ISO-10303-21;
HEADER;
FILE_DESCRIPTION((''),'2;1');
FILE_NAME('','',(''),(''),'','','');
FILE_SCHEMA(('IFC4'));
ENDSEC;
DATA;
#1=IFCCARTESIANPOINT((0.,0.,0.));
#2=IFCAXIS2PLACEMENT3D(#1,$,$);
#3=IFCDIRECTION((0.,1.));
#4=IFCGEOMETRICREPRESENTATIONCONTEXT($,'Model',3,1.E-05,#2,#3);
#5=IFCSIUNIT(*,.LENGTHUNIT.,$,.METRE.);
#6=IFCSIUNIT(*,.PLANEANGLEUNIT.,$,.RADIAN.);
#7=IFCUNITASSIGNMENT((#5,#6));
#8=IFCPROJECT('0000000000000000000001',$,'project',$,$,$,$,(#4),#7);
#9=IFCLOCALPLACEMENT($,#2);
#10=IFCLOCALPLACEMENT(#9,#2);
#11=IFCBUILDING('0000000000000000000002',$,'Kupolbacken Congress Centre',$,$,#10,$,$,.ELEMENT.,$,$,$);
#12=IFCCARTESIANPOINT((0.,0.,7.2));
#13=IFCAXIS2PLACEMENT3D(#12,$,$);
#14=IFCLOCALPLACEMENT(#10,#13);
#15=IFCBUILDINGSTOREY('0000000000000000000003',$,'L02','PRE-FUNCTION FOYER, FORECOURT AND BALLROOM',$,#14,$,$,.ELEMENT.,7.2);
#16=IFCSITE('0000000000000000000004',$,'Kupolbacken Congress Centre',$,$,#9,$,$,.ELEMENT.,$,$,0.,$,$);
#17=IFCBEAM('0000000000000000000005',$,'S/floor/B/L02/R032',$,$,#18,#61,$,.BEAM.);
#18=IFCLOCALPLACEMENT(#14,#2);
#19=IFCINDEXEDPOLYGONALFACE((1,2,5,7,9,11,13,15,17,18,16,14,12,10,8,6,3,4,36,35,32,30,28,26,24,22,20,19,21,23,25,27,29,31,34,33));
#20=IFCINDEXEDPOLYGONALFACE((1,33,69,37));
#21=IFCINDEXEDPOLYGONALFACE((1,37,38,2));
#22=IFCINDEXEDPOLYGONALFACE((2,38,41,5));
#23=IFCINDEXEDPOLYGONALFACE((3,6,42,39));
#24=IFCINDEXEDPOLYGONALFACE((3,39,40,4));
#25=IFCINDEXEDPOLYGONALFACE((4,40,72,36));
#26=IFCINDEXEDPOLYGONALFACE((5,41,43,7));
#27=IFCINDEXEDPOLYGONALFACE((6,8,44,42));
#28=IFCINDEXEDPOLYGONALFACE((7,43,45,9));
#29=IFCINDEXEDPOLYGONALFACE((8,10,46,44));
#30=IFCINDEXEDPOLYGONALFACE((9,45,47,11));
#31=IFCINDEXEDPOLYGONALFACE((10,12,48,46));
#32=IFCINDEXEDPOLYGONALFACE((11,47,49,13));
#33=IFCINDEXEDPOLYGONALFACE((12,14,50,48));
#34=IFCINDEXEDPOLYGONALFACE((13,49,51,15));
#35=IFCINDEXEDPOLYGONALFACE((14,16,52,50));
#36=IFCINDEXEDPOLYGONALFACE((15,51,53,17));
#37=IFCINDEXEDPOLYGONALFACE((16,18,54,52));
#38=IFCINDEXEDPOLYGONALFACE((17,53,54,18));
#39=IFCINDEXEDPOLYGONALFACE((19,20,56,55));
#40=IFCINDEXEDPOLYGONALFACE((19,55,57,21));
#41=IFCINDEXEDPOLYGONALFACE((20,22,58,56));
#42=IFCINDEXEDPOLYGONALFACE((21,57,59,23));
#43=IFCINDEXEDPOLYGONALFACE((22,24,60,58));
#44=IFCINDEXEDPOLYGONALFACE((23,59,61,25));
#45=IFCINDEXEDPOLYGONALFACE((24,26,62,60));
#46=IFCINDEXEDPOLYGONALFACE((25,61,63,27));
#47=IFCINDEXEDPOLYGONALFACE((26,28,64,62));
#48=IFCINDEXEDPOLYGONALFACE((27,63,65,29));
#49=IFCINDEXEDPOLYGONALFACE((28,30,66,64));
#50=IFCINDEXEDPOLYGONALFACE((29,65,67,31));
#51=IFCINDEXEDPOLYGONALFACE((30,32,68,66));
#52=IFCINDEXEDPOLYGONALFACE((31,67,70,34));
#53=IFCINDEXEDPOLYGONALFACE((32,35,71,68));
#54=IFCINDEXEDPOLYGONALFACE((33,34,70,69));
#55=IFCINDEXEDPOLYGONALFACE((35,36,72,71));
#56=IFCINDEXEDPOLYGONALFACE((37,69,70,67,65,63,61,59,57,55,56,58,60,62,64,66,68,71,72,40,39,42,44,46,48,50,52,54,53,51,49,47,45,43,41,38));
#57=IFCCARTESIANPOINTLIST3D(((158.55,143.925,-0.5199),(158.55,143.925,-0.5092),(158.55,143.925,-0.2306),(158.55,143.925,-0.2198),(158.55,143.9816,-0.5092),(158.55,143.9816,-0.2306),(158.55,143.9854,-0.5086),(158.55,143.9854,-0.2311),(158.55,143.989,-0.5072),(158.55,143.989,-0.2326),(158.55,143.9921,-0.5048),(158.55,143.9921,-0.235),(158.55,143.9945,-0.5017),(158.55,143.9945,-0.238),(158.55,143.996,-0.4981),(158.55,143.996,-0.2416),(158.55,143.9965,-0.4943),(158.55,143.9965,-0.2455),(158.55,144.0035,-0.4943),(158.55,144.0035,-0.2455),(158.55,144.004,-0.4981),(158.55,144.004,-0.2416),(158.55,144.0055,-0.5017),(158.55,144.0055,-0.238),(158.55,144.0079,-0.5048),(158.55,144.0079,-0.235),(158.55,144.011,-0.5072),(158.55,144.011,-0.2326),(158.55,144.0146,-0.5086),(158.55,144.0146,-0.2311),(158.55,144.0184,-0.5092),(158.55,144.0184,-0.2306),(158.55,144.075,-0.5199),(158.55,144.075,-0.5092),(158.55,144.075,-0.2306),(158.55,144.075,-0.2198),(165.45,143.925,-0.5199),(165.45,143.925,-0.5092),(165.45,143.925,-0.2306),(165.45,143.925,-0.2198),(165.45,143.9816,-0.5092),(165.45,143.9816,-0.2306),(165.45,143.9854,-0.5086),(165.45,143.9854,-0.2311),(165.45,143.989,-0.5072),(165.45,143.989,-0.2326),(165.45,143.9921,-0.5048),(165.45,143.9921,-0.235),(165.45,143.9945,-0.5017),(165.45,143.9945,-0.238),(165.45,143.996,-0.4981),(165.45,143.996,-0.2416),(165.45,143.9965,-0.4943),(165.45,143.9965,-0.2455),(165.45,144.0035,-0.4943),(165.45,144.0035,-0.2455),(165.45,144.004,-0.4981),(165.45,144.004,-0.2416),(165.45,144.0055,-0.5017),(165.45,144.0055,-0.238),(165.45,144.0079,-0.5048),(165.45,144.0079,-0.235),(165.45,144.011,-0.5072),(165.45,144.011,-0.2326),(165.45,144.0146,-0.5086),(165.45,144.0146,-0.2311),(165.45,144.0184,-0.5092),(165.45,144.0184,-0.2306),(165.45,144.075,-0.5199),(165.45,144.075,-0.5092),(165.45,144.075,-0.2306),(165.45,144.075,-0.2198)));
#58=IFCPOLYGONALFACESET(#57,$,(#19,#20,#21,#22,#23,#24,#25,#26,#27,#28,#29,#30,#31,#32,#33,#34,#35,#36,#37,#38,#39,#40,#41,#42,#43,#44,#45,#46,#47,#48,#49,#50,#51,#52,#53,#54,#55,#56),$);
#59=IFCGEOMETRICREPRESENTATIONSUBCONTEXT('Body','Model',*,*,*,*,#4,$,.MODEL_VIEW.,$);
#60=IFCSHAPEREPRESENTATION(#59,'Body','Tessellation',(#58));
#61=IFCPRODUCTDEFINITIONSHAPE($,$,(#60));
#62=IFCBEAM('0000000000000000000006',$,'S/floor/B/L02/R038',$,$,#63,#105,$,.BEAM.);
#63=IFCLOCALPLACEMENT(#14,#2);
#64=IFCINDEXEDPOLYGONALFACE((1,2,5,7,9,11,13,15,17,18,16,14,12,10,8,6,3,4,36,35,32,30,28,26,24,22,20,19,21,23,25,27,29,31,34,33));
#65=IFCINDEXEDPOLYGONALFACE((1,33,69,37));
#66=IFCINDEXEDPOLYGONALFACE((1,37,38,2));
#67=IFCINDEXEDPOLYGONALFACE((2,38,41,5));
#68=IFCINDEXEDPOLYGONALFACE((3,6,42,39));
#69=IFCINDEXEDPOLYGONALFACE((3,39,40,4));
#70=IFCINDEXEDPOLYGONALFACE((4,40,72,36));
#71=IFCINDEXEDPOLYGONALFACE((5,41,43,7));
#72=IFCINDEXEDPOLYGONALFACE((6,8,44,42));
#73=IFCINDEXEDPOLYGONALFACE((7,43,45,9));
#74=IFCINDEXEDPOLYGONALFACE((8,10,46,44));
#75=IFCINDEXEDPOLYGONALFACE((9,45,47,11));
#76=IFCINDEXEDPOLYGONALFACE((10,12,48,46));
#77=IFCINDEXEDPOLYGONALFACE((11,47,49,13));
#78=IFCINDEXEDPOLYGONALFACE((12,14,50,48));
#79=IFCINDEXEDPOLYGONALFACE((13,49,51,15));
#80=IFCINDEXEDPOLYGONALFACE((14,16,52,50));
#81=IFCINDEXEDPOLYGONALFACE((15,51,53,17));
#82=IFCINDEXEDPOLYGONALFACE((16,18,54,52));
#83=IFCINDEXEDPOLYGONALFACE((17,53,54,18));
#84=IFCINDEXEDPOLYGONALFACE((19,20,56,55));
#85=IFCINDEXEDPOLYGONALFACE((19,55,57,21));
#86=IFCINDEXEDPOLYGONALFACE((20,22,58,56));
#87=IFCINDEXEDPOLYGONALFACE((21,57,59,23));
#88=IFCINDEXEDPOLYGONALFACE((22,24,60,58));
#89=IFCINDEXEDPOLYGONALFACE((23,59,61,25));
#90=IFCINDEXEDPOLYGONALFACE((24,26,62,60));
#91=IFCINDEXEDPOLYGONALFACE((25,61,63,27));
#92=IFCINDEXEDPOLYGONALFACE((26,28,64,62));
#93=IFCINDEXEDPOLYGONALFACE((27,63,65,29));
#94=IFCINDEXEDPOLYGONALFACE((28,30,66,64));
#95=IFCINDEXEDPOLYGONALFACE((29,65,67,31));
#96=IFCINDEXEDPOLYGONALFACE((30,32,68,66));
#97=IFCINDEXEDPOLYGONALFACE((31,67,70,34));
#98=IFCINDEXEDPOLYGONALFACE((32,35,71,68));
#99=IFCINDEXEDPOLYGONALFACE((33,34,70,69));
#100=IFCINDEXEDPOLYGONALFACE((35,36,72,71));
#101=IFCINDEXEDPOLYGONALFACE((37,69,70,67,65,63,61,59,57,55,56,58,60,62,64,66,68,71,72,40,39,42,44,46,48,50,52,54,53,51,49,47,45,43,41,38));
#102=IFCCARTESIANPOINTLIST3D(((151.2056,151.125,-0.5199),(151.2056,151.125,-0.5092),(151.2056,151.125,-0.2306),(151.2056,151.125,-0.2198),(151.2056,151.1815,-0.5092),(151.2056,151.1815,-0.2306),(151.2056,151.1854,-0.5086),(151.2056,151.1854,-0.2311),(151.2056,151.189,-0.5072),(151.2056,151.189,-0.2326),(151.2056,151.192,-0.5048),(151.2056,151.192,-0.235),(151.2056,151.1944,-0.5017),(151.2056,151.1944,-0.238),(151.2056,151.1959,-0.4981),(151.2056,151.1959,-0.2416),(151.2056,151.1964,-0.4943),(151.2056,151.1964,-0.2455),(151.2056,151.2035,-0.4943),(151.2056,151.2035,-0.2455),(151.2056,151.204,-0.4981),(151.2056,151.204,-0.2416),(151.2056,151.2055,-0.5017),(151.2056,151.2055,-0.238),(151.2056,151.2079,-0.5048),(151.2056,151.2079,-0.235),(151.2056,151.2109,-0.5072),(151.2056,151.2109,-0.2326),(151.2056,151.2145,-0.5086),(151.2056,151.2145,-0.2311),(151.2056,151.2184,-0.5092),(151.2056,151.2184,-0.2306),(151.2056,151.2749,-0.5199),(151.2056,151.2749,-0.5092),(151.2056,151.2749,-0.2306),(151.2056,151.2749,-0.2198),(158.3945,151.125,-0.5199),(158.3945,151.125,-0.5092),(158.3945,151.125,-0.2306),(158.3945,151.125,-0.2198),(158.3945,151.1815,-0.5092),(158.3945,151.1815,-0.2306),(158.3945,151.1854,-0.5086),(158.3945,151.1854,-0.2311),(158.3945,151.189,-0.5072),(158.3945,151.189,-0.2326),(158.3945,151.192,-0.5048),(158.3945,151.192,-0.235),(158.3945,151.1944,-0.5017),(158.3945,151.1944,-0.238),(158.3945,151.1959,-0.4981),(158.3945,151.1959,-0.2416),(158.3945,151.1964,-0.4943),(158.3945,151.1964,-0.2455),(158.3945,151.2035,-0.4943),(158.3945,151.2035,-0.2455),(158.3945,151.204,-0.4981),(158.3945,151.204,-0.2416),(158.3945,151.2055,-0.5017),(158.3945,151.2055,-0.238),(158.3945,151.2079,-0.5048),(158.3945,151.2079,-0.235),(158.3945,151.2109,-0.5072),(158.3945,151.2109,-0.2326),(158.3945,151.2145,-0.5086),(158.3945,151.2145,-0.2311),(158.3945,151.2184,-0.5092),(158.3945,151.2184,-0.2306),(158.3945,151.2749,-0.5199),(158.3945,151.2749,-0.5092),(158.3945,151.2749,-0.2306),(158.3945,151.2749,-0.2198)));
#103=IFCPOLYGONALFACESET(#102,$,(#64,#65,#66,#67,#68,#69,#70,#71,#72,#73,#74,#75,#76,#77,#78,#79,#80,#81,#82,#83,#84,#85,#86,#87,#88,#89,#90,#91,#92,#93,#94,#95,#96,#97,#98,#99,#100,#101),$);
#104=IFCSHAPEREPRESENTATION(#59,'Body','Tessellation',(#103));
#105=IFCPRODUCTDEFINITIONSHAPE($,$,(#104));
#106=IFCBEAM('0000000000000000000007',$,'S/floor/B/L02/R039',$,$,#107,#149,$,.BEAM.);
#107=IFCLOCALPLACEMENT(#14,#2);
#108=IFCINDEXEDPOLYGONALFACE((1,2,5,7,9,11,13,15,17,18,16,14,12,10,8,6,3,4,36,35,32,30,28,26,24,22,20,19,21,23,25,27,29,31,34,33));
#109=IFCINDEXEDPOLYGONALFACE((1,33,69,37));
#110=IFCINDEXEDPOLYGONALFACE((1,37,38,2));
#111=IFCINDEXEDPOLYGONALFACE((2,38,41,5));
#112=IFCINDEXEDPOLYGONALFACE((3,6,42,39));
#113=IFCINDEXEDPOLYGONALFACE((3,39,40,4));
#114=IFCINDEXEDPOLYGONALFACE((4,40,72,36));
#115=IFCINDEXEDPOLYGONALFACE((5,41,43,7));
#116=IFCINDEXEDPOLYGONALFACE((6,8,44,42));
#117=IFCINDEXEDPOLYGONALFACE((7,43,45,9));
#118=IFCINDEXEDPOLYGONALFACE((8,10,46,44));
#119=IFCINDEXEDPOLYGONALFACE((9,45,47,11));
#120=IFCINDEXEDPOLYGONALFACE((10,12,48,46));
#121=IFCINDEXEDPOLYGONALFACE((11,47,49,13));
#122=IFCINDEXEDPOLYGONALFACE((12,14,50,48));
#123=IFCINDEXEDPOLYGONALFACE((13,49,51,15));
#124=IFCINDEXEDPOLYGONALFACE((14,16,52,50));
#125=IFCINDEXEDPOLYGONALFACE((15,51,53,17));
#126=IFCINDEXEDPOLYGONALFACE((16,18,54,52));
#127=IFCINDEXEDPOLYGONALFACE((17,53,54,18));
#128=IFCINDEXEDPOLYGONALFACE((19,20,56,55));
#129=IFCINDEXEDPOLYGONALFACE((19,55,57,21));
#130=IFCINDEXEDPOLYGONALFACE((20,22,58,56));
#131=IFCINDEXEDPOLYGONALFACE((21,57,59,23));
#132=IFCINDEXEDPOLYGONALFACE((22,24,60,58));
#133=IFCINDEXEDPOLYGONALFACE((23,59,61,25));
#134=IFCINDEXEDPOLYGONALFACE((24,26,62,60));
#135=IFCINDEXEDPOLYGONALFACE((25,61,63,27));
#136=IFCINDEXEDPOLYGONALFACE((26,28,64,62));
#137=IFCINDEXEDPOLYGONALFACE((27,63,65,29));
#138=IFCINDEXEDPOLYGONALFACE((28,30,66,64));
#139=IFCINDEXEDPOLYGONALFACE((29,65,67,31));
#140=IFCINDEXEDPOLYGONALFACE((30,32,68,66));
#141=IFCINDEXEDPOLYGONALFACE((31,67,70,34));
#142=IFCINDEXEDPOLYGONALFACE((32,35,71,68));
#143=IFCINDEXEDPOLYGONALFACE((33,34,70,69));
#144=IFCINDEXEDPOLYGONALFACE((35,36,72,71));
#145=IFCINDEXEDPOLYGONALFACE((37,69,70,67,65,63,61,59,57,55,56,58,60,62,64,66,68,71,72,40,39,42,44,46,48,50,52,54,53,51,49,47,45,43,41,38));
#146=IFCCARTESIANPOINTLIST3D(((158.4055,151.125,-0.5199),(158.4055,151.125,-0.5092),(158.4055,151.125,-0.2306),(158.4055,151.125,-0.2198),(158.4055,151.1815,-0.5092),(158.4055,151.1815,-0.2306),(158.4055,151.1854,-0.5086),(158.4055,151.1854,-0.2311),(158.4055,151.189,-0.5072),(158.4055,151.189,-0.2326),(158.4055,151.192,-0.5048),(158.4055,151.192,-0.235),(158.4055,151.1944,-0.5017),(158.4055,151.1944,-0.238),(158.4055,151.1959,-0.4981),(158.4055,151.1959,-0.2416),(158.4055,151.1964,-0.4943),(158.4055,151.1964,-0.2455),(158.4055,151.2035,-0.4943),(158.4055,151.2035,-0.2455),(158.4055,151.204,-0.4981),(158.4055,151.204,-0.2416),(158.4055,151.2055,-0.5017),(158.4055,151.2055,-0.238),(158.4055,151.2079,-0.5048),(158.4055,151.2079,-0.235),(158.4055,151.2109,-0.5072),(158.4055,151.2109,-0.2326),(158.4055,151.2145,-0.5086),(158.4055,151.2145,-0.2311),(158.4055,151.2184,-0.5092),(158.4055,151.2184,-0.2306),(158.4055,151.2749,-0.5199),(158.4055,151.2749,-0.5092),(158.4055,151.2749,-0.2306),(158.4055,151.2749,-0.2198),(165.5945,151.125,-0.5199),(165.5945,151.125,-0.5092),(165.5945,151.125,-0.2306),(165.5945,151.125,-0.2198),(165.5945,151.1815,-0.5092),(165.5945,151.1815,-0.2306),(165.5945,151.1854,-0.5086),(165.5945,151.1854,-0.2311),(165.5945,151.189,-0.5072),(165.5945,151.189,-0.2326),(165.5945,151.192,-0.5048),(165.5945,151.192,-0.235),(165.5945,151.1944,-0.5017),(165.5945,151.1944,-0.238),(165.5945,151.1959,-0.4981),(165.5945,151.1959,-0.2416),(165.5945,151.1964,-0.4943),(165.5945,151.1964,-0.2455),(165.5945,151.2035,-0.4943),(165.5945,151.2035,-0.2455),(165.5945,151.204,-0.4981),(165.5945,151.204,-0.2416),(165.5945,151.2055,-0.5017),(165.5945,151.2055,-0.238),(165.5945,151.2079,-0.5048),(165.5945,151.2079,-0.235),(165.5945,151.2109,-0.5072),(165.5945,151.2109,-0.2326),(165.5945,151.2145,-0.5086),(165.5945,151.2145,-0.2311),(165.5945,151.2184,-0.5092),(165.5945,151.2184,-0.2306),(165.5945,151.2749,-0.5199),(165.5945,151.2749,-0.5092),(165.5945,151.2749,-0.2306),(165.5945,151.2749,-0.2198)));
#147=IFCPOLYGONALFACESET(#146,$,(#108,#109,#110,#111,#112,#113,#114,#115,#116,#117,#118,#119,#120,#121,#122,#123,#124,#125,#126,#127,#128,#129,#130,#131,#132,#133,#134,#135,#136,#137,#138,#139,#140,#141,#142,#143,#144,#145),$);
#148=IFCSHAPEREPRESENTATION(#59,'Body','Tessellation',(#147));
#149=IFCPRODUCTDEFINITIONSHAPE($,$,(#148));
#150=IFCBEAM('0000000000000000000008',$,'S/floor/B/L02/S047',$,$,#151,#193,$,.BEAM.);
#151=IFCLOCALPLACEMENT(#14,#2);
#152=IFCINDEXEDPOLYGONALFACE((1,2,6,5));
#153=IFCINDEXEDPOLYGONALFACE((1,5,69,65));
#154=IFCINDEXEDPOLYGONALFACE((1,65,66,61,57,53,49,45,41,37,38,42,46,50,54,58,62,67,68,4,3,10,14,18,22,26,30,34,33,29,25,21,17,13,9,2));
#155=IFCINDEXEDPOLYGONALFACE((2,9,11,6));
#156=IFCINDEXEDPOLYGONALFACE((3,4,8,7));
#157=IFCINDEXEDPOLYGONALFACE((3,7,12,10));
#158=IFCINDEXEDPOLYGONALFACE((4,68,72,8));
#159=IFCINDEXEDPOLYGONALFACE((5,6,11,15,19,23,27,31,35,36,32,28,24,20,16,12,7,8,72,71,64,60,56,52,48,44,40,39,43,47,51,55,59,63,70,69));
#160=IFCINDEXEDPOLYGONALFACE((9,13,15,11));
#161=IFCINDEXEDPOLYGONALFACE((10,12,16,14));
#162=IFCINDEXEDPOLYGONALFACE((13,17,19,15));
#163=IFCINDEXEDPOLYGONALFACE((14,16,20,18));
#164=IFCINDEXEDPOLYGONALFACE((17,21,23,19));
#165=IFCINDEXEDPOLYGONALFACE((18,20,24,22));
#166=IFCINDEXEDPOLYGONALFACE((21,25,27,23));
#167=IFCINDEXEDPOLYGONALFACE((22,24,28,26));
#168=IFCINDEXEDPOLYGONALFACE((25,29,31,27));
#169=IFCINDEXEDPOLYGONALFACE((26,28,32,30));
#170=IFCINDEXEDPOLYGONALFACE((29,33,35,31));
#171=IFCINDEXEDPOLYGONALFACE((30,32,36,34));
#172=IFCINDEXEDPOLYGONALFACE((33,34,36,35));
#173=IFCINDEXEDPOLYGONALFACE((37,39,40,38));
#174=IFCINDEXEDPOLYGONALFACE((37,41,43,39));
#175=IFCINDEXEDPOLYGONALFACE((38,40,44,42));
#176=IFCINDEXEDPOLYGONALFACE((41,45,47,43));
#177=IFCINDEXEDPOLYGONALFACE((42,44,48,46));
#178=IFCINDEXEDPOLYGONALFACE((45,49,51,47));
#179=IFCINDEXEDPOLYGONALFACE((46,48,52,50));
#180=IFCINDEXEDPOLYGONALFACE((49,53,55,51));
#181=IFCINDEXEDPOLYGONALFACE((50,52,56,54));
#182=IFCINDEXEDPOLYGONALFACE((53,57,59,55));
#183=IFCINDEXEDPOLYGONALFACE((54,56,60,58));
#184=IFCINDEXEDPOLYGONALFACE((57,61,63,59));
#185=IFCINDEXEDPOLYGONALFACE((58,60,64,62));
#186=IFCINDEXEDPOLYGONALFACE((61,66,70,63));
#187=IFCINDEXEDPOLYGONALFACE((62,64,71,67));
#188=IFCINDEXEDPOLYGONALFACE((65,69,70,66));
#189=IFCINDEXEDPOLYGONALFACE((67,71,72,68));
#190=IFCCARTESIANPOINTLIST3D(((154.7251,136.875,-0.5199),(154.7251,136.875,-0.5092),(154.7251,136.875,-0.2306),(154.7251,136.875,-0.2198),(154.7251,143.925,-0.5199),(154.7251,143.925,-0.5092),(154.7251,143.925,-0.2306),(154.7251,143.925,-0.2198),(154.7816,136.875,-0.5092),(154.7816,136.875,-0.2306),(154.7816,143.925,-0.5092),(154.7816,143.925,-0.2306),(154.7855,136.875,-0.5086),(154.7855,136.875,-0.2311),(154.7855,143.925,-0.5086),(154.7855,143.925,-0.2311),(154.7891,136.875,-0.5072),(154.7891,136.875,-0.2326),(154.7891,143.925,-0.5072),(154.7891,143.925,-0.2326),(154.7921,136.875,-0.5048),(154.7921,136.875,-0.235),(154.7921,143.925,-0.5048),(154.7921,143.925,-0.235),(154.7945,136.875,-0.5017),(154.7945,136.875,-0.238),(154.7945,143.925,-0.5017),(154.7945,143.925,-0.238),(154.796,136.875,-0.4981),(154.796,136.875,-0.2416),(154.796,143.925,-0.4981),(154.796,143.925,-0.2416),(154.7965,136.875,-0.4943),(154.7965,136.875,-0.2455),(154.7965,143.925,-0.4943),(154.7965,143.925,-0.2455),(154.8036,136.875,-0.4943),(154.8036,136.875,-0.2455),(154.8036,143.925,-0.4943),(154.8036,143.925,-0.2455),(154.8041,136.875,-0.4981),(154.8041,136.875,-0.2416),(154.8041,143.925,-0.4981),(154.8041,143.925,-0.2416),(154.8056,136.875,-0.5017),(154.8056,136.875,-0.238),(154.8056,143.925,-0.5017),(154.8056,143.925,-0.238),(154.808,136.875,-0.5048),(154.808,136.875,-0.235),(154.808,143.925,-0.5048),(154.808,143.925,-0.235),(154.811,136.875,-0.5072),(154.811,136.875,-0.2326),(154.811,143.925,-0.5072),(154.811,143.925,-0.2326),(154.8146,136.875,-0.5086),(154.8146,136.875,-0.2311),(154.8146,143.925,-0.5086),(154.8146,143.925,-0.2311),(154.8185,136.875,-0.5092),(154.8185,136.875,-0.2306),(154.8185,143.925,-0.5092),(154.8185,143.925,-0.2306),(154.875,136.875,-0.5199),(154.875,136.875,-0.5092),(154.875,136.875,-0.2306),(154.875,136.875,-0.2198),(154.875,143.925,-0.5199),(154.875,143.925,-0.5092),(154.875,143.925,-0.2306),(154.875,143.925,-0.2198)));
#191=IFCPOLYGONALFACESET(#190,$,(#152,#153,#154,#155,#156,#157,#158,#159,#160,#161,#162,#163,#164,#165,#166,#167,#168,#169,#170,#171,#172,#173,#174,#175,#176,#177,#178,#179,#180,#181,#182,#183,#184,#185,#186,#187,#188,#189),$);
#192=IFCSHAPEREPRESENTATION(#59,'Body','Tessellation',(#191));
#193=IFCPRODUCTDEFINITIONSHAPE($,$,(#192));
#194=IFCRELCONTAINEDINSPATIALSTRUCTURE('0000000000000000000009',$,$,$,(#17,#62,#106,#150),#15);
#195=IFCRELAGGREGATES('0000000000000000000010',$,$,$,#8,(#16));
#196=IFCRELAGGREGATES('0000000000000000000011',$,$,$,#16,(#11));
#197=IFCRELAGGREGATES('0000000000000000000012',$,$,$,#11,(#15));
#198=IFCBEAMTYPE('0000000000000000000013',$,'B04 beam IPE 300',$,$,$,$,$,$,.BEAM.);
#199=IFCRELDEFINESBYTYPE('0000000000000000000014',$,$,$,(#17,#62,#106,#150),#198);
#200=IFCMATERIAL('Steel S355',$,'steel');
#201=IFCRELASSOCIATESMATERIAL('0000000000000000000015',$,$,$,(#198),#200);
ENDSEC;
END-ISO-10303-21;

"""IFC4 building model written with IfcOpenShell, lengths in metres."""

from ifc_helpers import new_model, si_unit, direction, frame, origin, origin_2d, place, context, subcontext, project, spatial, i_section, extrude, material, material_profile, profile_set, type_object, element, save


model = new_model("IFC4")

# Units and contexts
model_context = context("Model", 3, precision=1e-05, world=origin(), true_north=direction((0.0, 1.0)))
body_context = subcontext(model_context, "Body", "Model", "MODEL_VIEW")
ifc_project = project(units=[si_unit("LENGTHUNIT", "METRE"), si_unit("PLANEANGLEUNIT", "RADIAN")], contexts=[model_context])

# Site, building, storey
site_placement = place(None, origin())
site = spatial("IfcSite", under=ifc_project, at=site_placement, Name="Kupolbacken Congress Centre", CompositionType="ELEMENT", RefElevation=0.0)
building_placement = place(site_placement, origin())
building = spatial("IfcBuilding", under=site, at=building_placement, Name="Kupolbacken Congress Centre", CompositionType="ELEMENT")
storey_placement = place(building_placement, frame((0.0, 0.0, 7.2)))
storey = spatial("IfcBuildingStorey", under=building, at=storey_placement, Name="L02", Description="PRE-FUNCTION FOYER, FORECOURT AND BALLROOM", CompositionType="ELEMENT", Elevation=7.2)

# Beams
ifc_material_1 = material(Name="Steel S355", Category="steel")
ifc_material_profile_1 = material_profile(ifc_material_1, i_section(OverallWidth=0.1499, OverallDepth=0.3, WebThickness=0.0071, FlangeThickness=0.0107, FilletRadius=0.0149, at=origin_2d()), Name="IPE 300")
ifc_profile_set_1 = profile_set([ifc_material_profile_1], Name="Steel S355")
beam_type_1 = type_object("IfcBeamType", Name="B04 beam IPE 300", PredefinedType="BEAM", material=ifc_profile_set_1)
for number, where, z_axis, x_axis, name in (
    (1, (158.55, 144.0, -0.3699), (1.0, 0.0, 0.0), (0.0, 1.0, 0.0), "S/floor/B/L02/R032"),
):
    element("IfcBeam", number, at=place(storey_placement, frame(where, z_axis=z_axis, x_axis=x_axis)), inside=storey, type_object=beam_type_1, Name=name, PredefinedType="BEAM", context=body_context, shape_type="SweptSolid", body=[
        extrude(i_section(OverallWidth=0.1499, OverallDepth=0.3, WebThickness=0.0071, FlangeThickness=0.0107, FilletRadius=0.0149, at=origin_2d()), origin(), (0.0, 0.0, 1.0), 6.8999),
    ])
for number, where, z_axis, x_axis, name in (
    (2, (151.2056, 151.2, -0.3699), (1.0, 0.0, 0.0), (0.0, 1.0, 0.0), "S/floor/B/L02/R038"),
    (3, (158.4055, 151.2, -0.3699), (1.0, 0.0, 0.0), (0.0, 1.0, 0.0), "S/floor/B/L02/R039"),
):
    element("IfcBeam", number, at=place(storey_placement, frame(where, z_axis=z_axis, x_axis=x_axis)), inside=storey, type_object=beam_type_1, Name=name, PredefinedType="BEAM", context=body_context, shape_type="SweptSolid", body=[
        extrude(i_section(OverallWidth=0.1499, OverallDepth=0.3, WebThickness=0.0071, FlangeThickness=0.0107, FilletRadius=0.0149, at=origin_2d()), origin(), (0.0, 0.0, 1.0), 7.189),
    ])
for number, where, z_axis, x_axis, name in (
    (4, (154.8, 136.875, -0.3699), (0.0, 1.0, 0.0), (-1.0, 0.0, 0.0), "S/floor/B/L02/S047"),
):
    element("IfcBeam", number, at=place(storey_placement, frame(where, z_axis=z_axis, x_axis=x_axis)), inside=storey, type_object=beam_type_1, Name=name, PredefinedType="BEAM", context=body_context, shape_type="SweptSolid", body=[
        extrude(i_section(OverallWidth=0.1499, OverallDepth=0.3, WebThickness=0.0071, FlangeThickness=0.0107, FilletRadius=0.0149, at=origin_2d()), origin(), (0.0, 0.0, 1.0), 7.05),
    ])

save(model, "model.ifc")
